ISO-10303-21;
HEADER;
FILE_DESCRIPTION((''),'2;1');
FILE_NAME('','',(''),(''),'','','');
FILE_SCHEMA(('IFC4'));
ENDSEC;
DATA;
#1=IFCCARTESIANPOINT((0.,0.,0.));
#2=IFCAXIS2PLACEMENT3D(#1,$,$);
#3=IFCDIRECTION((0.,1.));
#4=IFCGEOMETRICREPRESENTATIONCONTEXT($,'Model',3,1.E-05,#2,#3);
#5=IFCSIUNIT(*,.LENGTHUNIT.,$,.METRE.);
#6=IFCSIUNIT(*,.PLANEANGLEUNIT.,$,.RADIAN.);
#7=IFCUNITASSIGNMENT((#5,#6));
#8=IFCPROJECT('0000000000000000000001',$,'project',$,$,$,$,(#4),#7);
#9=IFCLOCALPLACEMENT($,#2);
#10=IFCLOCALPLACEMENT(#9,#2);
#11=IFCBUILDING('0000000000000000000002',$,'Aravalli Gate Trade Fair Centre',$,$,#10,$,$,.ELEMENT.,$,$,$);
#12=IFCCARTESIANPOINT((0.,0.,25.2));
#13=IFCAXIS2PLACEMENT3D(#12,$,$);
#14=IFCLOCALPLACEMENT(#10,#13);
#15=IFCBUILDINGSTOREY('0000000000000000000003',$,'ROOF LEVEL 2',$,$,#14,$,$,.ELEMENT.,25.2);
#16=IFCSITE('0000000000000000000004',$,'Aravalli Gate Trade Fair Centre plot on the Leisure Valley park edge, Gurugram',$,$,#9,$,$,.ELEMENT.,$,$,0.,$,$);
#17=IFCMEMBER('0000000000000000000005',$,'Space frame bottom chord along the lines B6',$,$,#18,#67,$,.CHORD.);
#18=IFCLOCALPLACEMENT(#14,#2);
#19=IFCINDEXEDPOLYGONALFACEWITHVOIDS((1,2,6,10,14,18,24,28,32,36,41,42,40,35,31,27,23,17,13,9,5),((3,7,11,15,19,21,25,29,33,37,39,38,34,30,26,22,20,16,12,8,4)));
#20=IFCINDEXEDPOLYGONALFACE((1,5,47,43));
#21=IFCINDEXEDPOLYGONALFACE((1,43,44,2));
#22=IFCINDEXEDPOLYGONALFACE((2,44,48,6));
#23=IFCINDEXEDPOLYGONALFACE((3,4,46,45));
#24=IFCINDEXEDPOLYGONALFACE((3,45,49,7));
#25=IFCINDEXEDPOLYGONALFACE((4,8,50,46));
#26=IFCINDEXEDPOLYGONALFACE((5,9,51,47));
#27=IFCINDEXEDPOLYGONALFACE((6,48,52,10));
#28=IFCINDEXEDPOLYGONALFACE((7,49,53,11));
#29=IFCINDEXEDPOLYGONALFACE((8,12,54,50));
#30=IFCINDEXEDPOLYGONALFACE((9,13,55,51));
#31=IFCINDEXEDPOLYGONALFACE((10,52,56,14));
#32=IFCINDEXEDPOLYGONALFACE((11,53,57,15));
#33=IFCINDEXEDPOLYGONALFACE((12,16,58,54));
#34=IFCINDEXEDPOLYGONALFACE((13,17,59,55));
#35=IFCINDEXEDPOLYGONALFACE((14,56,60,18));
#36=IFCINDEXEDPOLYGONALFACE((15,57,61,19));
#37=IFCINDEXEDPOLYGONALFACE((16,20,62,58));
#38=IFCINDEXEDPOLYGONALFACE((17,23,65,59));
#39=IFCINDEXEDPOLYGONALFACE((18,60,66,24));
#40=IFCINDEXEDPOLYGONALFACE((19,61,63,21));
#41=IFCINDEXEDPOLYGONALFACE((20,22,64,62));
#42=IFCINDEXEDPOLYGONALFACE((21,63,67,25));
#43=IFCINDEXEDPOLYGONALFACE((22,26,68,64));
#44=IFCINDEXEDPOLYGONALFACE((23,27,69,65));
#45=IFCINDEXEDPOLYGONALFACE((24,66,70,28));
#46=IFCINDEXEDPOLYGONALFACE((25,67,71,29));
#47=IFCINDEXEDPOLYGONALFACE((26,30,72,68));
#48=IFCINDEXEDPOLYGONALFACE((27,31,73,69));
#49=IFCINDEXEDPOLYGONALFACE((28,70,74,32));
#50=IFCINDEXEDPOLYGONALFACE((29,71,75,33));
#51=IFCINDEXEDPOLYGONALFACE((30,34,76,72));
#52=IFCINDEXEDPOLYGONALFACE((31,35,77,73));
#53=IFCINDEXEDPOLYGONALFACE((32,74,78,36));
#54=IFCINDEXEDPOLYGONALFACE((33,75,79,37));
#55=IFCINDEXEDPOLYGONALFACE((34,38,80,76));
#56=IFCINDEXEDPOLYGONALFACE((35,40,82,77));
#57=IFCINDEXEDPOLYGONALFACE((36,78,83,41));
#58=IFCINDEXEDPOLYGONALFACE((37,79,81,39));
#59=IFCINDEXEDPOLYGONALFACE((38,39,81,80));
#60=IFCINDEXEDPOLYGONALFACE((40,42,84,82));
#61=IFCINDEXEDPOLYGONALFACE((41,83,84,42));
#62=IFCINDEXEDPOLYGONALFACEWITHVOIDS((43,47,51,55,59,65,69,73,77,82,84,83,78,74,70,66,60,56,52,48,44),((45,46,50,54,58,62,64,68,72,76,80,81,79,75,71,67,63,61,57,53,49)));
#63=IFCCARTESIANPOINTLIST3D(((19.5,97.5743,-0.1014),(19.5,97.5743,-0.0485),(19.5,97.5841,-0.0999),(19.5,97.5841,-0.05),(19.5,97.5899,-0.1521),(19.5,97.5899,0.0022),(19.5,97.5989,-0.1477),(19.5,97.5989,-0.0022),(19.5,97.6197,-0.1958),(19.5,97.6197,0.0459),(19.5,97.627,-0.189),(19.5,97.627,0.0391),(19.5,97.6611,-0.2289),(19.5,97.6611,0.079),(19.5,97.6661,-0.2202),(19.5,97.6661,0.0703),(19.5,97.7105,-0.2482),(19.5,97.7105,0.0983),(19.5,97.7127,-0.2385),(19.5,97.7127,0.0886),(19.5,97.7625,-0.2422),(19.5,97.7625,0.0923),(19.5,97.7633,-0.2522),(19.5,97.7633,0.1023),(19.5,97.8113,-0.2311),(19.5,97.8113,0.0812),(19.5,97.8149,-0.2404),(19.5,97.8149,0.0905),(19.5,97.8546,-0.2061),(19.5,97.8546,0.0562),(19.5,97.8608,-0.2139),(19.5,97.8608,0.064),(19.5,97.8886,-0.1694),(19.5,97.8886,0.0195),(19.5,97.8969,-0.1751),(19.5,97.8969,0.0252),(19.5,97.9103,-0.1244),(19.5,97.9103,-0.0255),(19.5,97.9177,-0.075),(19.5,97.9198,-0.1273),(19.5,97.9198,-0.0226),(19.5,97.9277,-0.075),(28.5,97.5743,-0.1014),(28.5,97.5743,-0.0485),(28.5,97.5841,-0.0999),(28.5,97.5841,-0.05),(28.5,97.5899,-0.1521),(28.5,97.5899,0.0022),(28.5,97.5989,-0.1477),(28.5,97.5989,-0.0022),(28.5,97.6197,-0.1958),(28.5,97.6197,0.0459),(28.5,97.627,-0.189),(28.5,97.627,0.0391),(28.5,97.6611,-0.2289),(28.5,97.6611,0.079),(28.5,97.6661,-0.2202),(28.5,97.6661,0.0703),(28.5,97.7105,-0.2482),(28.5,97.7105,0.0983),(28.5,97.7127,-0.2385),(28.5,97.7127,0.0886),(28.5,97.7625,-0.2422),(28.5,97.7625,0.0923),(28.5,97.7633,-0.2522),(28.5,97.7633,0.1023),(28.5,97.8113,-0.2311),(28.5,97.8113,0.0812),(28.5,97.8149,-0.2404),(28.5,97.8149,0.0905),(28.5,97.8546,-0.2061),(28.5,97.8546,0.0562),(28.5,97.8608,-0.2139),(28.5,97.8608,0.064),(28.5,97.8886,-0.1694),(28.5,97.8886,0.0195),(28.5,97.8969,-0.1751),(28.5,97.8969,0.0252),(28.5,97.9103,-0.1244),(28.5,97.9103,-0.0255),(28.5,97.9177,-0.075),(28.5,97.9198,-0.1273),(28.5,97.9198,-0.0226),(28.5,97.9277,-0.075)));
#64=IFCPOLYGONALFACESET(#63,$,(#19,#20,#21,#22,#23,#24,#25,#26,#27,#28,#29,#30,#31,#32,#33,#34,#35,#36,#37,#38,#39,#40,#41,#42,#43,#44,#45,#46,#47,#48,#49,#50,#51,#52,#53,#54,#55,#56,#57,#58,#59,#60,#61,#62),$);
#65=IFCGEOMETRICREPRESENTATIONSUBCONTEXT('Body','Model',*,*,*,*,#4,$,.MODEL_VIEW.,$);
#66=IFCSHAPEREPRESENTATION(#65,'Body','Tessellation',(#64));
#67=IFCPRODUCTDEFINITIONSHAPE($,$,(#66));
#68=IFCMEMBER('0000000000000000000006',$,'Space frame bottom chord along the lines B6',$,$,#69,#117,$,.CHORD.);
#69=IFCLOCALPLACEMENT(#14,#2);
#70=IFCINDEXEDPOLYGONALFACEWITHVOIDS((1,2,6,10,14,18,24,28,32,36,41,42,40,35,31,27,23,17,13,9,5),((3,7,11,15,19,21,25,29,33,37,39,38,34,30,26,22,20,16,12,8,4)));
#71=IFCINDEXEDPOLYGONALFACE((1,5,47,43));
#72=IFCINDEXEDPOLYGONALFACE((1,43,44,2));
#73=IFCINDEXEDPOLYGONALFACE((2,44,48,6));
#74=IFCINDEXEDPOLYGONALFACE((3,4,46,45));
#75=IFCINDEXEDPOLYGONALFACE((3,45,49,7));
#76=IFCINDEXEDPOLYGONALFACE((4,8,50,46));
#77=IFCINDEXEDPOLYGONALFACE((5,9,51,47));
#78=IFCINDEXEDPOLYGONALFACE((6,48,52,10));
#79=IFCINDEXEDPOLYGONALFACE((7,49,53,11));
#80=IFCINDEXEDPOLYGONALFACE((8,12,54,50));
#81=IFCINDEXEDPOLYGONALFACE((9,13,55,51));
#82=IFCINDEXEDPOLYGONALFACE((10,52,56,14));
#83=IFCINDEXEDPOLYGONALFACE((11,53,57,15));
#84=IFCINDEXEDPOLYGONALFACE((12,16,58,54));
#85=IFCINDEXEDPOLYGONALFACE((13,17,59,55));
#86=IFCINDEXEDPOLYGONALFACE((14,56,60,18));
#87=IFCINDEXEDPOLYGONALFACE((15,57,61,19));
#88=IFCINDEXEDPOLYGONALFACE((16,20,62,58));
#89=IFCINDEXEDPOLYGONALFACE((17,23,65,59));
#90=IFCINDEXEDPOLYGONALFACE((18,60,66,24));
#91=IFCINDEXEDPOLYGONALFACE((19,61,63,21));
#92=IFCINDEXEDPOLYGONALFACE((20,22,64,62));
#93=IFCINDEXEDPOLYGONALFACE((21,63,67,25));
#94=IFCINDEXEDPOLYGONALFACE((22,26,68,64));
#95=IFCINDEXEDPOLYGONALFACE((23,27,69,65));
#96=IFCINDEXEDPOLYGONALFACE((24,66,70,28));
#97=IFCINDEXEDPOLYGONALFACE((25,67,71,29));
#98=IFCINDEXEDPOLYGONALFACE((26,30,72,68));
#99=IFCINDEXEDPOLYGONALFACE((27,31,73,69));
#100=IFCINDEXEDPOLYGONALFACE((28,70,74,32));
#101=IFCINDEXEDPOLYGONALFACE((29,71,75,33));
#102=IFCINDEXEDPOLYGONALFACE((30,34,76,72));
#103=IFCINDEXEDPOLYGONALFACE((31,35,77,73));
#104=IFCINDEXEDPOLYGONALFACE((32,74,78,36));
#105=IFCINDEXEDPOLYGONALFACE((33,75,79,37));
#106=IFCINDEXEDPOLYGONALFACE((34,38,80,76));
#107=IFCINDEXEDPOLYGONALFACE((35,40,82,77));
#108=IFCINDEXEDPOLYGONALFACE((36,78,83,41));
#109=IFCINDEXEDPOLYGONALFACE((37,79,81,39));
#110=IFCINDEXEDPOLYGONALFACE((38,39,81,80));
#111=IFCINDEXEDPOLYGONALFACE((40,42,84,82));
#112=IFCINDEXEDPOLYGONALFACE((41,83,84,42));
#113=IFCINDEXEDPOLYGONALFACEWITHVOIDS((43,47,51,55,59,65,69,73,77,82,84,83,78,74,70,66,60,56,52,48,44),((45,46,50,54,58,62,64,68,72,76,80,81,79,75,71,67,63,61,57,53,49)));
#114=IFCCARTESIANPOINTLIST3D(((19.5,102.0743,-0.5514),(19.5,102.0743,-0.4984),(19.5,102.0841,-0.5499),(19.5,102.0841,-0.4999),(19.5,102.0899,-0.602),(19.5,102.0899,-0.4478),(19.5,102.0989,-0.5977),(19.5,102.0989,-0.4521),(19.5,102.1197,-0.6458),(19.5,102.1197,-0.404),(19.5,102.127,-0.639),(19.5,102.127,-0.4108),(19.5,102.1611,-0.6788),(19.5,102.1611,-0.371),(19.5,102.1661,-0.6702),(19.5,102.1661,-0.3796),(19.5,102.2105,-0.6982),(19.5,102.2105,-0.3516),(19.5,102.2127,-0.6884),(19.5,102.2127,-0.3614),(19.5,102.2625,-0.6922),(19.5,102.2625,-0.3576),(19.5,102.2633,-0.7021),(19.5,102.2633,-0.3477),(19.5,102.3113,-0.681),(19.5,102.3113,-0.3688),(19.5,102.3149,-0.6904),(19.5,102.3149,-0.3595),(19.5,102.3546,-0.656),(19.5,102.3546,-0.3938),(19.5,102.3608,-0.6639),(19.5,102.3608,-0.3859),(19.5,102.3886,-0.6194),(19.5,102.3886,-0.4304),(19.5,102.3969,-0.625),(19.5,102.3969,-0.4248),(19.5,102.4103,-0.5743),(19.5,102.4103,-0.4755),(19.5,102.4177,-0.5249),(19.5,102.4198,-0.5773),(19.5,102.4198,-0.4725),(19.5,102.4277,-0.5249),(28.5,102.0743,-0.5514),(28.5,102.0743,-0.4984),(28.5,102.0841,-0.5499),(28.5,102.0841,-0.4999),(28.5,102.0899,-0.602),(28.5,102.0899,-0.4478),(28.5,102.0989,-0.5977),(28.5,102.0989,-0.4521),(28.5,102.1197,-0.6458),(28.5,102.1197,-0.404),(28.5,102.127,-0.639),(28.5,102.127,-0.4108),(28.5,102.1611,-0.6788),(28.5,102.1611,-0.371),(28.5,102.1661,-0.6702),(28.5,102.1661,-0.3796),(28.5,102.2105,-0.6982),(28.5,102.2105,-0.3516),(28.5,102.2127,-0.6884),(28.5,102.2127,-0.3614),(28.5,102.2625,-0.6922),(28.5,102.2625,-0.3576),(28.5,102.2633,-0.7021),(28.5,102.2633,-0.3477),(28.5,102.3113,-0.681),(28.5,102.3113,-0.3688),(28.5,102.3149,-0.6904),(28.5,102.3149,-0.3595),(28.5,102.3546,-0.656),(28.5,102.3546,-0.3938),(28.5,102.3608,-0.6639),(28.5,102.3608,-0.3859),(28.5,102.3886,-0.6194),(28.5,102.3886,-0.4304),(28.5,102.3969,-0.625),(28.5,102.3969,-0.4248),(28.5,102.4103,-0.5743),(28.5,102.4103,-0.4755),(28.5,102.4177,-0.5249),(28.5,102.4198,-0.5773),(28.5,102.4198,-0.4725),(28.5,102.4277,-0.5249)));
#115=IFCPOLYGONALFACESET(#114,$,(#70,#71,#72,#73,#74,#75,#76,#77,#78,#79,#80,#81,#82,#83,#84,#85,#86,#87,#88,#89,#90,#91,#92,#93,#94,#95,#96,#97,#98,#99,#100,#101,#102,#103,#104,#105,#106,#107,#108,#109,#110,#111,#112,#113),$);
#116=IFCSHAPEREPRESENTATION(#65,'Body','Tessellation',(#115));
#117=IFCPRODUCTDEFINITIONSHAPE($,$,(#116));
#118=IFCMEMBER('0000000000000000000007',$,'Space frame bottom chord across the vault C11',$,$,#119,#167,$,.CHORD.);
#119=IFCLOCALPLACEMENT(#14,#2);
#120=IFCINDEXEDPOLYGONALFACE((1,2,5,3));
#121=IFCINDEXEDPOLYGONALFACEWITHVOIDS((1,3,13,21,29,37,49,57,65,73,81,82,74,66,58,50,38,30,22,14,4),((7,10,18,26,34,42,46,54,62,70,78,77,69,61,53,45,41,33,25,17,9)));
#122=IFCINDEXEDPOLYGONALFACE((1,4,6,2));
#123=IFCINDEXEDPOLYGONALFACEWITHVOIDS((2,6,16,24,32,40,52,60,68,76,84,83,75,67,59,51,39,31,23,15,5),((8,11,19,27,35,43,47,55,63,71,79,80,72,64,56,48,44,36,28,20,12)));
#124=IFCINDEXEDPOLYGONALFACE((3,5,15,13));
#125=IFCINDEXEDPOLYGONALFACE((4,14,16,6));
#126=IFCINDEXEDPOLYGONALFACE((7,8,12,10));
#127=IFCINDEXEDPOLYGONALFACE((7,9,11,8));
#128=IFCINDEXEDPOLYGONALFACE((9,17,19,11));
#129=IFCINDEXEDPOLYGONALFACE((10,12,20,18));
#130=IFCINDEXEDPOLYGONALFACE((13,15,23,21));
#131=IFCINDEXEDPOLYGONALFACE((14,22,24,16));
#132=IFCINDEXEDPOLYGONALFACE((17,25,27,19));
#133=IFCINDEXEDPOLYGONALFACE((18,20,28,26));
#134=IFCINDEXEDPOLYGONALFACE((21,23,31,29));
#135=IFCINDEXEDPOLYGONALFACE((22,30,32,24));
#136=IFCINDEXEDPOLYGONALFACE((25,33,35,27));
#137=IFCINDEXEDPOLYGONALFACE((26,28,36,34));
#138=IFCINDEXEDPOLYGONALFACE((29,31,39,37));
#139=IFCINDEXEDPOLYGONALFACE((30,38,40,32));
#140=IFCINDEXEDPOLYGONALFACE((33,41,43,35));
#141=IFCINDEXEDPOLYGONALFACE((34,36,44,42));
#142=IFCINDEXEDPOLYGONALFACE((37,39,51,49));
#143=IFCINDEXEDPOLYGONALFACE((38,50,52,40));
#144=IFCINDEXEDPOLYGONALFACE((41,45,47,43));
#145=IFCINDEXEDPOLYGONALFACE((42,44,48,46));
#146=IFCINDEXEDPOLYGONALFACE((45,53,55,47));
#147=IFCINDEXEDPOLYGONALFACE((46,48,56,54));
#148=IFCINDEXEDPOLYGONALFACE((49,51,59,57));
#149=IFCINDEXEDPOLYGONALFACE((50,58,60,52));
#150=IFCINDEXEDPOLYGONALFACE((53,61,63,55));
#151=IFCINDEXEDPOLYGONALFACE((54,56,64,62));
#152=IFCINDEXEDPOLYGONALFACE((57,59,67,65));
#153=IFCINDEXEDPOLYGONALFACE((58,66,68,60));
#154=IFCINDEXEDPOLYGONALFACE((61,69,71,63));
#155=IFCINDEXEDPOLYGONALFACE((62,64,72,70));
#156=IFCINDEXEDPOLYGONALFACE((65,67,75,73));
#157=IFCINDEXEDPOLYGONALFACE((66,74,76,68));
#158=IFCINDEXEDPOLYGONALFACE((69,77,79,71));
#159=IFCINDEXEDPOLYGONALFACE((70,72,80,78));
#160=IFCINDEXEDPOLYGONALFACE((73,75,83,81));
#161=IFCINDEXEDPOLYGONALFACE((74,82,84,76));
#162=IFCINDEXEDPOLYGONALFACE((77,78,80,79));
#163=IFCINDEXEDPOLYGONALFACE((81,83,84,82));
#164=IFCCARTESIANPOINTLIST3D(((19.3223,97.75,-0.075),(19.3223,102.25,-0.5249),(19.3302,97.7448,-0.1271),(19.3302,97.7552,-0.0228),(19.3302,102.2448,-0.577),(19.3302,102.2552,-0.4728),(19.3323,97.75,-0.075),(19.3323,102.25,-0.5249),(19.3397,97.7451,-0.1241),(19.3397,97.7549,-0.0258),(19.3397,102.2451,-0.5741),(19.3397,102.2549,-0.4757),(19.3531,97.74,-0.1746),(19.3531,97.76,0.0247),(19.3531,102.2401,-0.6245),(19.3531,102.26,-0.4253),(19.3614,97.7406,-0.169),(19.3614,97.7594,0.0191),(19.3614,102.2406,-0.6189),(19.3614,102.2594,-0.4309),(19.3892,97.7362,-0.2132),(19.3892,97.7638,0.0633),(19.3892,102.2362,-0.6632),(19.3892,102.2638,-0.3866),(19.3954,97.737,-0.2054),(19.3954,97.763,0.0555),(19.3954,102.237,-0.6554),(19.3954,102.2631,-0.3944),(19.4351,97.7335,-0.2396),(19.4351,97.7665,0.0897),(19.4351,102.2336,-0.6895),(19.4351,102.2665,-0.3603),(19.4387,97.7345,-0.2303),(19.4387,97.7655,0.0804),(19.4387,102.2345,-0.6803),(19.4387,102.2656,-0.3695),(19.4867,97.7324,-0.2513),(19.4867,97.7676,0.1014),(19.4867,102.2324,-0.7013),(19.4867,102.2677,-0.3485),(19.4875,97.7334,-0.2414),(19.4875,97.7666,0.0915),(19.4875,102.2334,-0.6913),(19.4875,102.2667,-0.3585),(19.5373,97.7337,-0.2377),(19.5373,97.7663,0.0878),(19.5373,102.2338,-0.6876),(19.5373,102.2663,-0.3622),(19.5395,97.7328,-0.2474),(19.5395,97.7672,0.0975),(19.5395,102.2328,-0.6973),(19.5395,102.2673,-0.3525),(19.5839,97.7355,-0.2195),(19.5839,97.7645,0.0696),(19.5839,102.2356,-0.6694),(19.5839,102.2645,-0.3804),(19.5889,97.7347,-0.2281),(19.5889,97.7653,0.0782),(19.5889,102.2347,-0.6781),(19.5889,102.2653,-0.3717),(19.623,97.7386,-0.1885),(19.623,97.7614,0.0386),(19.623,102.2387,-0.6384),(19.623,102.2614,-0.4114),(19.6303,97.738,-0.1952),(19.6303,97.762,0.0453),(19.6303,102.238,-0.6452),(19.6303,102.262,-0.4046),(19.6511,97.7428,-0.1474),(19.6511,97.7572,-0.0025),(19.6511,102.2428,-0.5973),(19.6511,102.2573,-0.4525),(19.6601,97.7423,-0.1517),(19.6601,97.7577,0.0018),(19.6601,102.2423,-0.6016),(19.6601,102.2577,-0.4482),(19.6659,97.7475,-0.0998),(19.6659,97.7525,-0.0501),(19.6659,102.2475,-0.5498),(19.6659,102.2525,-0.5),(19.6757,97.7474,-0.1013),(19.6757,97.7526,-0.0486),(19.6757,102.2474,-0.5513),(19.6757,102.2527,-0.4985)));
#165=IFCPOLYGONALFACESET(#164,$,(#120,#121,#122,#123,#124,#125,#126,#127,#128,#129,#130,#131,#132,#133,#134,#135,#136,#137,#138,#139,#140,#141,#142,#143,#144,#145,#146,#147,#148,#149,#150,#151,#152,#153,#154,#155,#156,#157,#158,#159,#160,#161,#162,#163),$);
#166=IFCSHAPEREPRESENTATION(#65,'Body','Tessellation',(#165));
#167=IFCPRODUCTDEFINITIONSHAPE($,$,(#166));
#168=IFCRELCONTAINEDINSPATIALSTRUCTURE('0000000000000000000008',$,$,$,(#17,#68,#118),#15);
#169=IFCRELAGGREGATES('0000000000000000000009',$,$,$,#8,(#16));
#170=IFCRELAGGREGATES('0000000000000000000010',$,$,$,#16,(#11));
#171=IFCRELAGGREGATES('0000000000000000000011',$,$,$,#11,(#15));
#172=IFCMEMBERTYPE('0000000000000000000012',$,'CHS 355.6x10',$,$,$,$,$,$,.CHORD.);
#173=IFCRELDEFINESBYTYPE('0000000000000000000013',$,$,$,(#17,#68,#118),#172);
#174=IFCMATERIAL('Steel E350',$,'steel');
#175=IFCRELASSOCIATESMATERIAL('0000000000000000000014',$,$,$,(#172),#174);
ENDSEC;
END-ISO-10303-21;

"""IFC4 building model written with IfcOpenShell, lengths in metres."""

from ifc_helpers import new_model, si_unit, direction, frame, origin, origin_2d, place, context, subcontext, project, spatial, hollow_circle, extrude, material, material_profile, profile_set, type_object, element, save


model = new_model("IFC4")

# Units and contexts
model_context = context("Model", 3, precision=1e-05, world=origin(), true_north=direction((0.0, 1.0)))
body_context = subcontext(model_context, "Body", "Model", "MODEL_VIEW")
ifc_project = project(units=[si_unit("LENGTHUNIT", "METRE"), si_unit("PLANEANGLEUNIT", "RADIAN")], contexts=[model_context])

# Site, building, storey
site_placement = place(None, origin())
site = spatial("IfcSite", under=ifc_project, at=site_placement, Name="Aravalli Gate Trade Fair Centre plot on the Leisure Valley park edge, Gurugram", CompositionType="ELEMENT", RefElevation=0.0)
building_placement = place(site_placement, origin())
building = spatial("IfcBuilding", under=site, at=building_placement, Name="Aravalli Gate Trade Fair Centre", CompositionType="ELEMENT")
storey_placement = place(building_placement, frame((0.0, 0.0, 25.2)))
storey = spatial("IfcBuildingStorey", under=building, at=storey_placement, Name="ROOF LEVEL 2", CompositionType="ELEMENT", Elevation=25.2)

# Members
ifc_material = material(Name="Steel E350", Category="steel")
ifc_material_profile_1 = material_profile(ifc_material, hollow_circle(Radius=0.1777, WallThickness=0.01, at=origin_2d()), Name="CHS 355.6x10")
ifc_profile_set_1 = profile_set([ifc_material_profile_1], Name="Steel E350")
member_type_1 = type_object("IfcMemberType", Name="CHS 355.6x10", PredefinedType="CHORD", material=ifc_profile_set_1)
for number, where, z_axis, x_axis, name in (
    (1, (19.5, 97.75, -0.075), (1.0, 0.0, 0.0), (0.0, 1.0, 0.0), "Space frame bottom chord along the lines B6"),
    (2, (19.5, 102.25, -0.5249), (1.0, 0.0, 0.0), (0.0, 1.0, 0.0), "Space frame bottom chord along the lines B6"),
):
    element("IfcMember", number, at=place(storey_placement, frame(where, z_axis=z_axis, x_axis=x_axis)), inside=storey, type_object=member_type_1, Name=name, PredefinedType="CHORD", context=body_context, shape_type="SweptSolid", body=[
        extrude(hollow_circle(Radius=0.1777, WallThickness=0.01, at=origin_2d()), origin(), (0.0, 0.0, 1.0), 9.0),
    ])
for number, where, z_axis, x_axis, name in (
    (3, (19.5, 97.75, -0.075), (0.0, 0.995038, -0.099493), (-1.0, 0.0, 0.0), "Space frame bottom chord across the vault C11"),
):
    element("IfcMember", number, at=place(storey_placement, frame(where, z_axis=z_axis, x_axis=x_axis)), inside=storey, type_object=member_type_1, Name=name, PredefinedType="CHORD", context=body_context, shape_type="SweptSolid", body=[
        extrude(hollow_circle(Radius=0.1777, WallThickness=0.01, at=origin_2d()), origin(), (0.0, 0.0, 1.0), 4.5225),
    ])

save(model, "model.ifc")
